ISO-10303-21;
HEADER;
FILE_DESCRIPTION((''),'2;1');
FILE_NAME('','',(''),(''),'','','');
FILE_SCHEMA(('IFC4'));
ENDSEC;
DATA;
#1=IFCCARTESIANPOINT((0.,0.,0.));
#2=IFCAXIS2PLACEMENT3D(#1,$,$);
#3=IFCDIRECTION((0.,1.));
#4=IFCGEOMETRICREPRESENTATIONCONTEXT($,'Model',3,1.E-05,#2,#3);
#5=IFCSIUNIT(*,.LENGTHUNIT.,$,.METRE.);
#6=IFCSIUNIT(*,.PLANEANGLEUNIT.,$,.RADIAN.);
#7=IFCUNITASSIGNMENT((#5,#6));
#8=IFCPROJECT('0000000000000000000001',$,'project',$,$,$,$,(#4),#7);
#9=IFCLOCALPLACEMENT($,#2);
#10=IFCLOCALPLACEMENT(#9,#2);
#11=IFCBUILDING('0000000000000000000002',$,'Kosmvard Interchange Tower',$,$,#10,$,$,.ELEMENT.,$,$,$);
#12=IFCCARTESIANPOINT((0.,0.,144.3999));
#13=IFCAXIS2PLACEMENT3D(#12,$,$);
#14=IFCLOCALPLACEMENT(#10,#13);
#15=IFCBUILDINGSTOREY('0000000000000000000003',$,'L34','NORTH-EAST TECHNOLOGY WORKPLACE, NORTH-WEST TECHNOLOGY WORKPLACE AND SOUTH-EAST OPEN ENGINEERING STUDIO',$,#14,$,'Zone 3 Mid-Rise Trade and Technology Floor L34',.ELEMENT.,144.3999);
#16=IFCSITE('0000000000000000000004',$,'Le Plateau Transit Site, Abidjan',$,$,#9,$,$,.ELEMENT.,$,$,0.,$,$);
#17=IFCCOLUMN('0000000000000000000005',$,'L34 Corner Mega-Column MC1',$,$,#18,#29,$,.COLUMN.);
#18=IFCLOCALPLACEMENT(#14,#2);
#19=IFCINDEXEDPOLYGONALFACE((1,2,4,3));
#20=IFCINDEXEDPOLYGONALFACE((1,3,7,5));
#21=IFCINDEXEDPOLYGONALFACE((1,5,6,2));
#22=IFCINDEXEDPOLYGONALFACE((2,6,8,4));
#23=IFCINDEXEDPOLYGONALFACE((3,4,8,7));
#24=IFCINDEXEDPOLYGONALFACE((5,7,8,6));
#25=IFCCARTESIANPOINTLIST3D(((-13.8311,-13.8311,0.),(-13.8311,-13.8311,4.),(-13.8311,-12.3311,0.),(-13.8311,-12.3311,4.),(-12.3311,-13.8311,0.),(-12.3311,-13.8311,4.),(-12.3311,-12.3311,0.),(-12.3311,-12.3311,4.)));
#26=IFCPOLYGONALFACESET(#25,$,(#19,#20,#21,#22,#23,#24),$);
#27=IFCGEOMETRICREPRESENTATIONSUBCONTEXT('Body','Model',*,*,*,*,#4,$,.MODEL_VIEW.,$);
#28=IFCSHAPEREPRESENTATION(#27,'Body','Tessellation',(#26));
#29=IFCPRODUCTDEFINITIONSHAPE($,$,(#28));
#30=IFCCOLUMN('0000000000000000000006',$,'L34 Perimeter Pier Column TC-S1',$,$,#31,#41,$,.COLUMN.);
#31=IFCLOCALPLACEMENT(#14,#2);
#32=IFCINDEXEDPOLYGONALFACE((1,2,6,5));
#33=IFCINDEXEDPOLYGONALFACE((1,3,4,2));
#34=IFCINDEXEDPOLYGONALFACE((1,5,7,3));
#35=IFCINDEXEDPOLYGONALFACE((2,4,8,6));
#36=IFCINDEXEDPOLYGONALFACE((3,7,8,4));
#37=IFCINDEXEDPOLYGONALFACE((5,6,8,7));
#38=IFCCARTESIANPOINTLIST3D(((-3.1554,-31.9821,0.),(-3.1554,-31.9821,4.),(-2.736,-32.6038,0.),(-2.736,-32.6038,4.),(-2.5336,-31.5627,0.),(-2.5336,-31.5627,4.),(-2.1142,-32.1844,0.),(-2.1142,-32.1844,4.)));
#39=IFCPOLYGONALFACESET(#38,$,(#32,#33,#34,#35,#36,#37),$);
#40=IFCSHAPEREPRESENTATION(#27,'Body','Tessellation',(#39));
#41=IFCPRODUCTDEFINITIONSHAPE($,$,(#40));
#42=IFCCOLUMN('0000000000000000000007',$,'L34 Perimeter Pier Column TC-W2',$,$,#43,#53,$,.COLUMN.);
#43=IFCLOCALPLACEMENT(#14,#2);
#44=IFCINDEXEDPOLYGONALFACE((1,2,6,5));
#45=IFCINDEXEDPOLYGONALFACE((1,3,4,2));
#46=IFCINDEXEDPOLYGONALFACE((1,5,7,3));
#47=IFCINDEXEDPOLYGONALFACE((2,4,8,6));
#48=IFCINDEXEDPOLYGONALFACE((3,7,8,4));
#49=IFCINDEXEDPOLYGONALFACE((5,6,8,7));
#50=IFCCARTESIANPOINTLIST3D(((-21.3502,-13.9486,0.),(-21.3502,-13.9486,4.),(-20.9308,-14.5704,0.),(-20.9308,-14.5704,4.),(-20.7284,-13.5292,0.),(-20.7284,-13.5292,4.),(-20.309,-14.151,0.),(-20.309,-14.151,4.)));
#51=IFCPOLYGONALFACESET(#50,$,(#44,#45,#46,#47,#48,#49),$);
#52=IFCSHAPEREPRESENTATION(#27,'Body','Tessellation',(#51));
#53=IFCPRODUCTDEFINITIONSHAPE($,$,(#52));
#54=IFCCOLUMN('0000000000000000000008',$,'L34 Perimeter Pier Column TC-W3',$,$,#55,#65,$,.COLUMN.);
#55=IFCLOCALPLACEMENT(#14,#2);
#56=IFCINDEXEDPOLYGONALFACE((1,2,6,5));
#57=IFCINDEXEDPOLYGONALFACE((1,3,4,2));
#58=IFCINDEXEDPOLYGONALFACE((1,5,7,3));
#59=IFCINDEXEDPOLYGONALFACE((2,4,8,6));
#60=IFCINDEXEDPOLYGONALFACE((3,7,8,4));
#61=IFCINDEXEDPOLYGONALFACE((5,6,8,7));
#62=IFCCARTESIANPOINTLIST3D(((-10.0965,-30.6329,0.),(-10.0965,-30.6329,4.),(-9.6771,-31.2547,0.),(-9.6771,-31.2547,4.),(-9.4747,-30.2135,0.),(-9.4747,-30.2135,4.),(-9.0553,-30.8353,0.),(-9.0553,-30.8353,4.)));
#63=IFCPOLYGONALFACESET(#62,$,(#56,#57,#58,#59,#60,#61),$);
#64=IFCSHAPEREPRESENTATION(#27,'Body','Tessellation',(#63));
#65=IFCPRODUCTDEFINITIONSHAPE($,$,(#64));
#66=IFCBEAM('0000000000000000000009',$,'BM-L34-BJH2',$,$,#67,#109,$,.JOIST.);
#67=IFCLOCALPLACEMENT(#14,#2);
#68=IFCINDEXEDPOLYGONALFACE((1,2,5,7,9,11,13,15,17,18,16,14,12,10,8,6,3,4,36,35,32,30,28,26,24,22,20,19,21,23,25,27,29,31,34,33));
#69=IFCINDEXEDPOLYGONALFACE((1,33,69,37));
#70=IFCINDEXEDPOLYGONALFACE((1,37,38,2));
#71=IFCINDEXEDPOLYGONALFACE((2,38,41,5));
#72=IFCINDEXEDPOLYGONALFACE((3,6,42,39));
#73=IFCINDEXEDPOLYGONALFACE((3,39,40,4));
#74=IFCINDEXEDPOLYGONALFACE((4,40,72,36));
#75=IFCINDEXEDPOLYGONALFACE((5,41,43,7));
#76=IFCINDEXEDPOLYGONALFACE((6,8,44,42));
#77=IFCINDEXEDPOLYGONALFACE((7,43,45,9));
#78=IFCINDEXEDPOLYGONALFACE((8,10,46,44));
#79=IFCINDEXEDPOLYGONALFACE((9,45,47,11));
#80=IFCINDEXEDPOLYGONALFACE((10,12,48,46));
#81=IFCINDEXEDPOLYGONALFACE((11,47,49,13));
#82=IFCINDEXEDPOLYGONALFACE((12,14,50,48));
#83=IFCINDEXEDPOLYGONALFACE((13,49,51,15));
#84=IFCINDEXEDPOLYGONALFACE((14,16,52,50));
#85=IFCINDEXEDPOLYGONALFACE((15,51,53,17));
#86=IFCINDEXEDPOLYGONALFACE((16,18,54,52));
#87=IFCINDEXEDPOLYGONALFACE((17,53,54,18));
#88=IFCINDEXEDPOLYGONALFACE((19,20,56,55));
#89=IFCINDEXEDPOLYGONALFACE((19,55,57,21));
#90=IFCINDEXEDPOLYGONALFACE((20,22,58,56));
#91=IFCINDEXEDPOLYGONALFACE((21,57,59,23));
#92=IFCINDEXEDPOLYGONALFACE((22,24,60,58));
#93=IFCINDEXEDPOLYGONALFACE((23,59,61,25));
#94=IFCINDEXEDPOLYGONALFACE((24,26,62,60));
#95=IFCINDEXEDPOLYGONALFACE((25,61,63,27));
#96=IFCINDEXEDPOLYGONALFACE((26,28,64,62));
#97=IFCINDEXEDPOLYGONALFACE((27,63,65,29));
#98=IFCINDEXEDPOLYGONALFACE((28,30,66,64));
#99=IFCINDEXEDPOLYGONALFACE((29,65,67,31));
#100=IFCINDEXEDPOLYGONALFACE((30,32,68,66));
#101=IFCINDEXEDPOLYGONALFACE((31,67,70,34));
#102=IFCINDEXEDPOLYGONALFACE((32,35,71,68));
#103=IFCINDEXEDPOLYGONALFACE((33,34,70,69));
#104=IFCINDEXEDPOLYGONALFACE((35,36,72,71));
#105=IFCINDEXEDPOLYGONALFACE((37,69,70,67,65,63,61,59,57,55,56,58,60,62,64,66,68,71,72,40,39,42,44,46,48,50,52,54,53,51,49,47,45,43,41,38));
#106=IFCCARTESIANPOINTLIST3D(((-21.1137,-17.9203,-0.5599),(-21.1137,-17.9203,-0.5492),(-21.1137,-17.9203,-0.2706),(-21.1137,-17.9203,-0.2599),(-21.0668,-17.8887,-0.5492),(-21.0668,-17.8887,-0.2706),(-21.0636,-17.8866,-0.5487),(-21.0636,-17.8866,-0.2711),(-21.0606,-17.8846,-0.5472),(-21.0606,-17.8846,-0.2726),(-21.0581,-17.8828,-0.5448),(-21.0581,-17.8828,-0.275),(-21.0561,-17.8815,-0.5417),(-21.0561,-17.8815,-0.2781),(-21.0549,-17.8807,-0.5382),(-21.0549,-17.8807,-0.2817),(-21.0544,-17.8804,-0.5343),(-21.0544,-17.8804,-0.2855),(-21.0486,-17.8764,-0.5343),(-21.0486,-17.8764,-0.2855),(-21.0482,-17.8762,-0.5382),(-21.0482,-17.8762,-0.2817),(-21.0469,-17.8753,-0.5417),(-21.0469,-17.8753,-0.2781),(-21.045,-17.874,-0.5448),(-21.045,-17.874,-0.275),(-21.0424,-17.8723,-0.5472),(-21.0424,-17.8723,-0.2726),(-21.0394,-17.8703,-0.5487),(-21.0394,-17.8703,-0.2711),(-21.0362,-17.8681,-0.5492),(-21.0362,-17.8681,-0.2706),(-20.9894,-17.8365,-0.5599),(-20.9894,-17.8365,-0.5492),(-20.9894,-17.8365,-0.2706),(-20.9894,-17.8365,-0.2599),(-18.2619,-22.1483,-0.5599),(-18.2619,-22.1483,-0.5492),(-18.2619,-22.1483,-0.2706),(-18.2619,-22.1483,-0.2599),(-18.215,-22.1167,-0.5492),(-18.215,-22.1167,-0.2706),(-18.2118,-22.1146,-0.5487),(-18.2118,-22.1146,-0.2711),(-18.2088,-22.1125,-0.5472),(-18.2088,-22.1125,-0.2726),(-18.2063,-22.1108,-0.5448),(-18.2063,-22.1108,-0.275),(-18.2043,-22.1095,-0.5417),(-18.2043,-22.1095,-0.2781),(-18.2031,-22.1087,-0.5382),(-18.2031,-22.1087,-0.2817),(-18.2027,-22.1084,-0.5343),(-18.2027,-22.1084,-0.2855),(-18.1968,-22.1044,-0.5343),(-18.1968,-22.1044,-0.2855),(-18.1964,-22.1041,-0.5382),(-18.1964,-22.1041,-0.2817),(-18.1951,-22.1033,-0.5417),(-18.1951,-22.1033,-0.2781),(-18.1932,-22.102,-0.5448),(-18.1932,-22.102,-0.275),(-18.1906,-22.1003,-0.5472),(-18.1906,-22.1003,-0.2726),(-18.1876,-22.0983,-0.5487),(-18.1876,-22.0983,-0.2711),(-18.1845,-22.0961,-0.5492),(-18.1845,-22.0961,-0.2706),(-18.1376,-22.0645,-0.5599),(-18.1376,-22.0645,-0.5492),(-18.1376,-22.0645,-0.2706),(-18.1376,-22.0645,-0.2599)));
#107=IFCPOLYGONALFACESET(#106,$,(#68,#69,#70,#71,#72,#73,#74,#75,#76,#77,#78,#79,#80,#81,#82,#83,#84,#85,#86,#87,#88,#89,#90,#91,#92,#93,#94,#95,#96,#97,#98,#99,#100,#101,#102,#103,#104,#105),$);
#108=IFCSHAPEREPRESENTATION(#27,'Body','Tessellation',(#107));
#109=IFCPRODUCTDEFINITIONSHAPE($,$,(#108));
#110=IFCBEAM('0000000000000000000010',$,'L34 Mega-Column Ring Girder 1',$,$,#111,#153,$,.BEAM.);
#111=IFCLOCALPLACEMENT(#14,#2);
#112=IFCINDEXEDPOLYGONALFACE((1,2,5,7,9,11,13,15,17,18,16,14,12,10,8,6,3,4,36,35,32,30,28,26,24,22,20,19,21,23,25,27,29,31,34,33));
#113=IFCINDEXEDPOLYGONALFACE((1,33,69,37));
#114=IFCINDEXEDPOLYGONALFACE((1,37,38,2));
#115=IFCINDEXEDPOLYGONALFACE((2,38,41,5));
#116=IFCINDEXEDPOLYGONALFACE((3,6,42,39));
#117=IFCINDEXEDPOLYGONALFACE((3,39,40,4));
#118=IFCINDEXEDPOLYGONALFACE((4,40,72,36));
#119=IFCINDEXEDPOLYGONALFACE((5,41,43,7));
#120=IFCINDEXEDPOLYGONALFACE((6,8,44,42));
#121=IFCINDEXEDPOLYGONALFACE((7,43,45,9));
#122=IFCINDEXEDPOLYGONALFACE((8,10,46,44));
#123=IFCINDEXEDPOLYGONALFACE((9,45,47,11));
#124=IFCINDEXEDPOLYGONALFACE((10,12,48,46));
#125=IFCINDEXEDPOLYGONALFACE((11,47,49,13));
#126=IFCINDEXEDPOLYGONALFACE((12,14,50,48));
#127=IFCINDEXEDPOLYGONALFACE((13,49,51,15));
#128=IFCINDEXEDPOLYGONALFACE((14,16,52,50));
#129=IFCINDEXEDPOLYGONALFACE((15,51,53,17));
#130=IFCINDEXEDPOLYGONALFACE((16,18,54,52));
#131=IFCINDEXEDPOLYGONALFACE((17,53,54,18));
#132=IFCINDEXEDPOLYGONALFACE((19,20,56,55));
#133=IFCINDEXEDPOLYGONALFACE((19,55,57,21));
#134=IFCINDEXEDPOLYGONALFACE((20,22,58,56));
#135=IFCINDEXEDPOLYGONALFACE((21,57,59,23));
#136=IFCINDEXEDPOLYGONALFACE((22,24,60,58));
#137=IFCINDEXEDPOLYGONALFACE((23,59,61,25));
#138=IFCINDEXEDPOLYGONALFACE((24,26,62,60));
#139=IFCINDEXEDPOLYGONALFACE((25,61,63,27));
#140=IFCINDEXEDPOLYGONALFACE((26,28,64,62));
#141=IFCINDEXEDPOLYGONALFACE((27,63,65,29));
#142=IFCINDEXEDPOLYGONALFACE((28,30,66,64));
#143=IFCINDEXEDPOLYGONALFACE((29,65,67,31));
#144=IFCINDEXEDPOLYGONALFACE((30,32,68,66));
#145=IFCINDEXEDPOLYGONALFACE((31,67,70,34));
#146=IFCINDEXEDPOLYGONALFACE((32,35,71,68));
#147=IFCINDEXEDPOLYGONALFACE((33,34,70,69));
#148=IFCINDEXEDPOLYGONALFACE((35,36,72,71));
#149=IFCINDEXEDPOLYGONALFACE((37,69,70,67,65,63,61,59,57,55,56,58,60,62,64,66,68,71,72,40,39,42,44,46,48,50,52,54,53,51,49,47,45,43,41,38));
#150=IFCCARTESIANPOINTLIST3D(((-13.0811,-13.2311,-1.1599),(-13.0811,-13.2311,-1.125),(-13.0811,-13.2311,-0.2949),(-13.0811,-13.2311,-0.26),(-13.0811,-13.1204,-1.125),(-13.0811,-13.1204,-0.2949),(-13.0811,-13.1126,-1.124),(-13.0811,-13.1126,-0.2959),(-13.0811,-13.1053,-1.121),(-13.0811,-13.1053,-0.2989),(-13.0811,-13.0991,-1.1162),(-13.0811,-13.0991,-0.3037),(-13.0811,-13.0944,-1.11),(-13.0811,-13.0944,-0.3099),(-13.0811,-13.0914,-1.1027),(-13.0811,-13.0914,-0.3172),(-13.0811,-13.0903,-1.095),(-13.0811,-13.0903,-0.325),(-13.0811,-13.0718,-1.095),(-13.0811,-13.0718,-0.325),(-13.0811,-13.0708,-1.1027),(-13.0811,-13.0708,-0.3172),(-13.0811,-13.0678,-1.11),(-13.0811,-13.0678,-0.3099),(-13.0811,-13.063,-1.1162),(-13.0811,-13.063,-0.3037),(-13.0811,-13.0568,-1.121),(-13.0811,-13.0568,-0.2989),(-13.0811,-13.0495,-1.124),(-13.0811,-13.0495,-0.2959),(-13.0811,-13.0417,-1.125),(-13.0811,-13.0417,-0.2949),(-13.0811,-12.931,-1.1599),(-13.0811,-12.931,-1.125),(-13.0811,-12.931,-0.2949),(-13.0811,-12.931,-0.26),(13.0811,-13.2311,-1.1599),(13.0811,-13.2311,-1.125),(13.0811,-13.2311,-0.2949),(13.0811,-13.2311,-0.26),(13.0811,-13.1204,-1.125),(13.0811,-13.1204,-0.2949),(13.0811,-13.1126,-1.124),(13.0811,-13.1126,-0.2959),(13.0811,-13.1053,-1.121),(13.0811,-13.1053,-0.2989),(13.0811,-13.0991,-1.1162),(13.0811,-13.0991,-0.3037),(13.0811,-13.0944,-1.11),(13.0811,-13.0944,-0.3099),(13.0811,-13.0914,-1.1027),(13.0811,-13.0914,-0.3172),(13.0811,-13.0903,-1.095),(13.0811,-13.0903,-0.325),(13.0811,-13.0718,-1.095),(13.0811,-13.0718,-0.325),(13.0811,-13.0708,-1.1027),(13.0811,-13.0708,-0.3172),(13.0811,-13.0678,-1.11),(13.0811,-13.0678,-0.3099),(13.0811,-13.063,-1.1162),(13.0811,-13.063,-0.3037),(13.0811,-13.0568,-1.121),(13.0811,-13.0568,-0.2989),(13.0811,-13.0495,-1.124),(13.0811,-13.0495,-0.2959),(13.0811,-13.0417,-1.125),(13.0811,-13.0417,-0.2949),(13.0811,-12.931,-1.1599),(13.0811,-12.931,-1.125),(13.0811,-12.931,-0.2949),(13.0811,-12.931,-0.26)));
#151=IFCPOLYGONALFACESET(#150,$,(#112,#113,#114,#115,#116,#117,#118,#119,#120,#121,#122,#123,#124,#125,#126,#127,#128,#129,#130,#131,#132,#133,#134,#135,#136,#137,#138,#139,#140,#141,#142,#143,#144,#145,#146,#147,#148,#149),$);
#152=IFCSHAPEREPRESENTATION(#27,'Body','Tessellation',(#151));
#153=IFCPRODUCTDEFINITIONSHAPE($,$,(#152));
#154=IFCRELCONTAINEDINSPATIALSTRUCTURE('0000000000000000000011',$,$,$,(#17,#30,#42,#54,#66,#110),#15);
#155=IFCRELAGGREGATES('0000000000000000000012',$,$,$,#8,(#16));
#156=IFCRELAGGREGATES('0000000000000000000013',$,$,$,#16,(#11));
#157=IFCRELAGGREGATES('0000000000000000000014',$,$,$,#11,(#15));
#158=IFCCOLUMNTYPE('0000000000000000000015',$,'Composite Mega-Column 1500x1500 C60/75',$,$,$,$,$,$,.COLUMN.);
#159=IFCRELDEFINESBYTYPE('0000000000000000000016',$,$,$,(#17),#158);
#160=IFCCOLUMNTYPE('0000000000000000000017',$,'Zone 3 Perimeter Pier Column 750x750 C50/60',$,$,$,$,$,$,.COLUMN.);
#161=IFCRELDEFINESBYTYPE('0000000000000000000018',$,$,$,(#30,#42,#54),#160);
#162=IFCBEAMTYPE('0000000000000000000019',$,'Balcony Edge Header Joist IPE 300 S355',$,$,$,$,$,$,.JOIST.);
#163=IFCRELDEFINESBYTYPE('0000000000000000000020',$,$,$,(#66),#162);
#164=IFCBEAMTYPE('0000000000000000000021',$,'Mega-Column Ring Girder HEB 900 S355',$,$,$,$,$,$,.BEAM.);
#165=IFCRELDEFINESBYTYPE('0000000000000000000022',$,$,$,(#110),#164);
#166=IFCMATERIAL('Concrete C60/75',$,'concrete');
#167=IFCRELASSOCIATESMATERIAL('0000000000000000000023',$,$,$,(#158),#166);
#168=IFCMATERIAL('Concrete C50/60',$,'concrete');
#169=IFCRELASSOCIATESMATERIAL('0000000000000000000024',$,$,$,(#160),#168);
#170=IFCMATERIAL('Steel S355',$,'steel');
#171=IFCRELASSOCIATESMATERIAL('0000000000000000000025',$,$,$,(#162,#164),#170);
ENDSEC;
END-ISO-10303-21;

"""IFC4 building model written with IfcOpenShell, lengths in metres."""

from ifc_helpers import new_model, si_unit, direction, frame, origin, origin_2d, place, context, subcontext, project, spatial, rectangle, i_section, extrude, source, transform, mapped, material, material_profile, profile_set, type_object, element, save


model = new_model("IFC4")

# Units and contexts
model_context = context("Model", 3, precision=1e-05, world=origin(), true_north=direction((0.0, 1.0)))
body_context = subcontext(model_context, "Body", "Model", "MODEL_VIEW")
ifc_project = project(units=[si_unit("LENGTHUNIT", "METRE"), si_unit("PLANEANGLEUNIT", "RADIAN")], contexts=[model_context])

# Site, building, storey
site_placement = place(None, origin())
site = spatial("IfcSite", under=ifc_project, at=site_placement, Name="Le Plateau Transit Site, Abidjan", CompositionType="ELEMENT", RefElevation=0.0)
building_placement = place(site_placement, origin())
building = spatial("IfcBuilding", under=site, at=building_placement, Name="Kosmvard Interchange Tower", CompositionType="ELEMENT")
storey_placement = place(building_placement, frame((0.0, 0.0, 144.3999)))
storey = spatial("IfcBuildingStorey", under=building, at=storey_placement, Name="L34", Description="NORTH-EAST TECHNOLOGY WORKPLACE, NORTH-WEST TECHNOLOGY WORKPLACE AND SOUTH-EAST OPEN ENGINEERING STUDIO", LongName="Zone 3 Mid-Rise Trade and Technology Floor L34", CompositionType="ELEMENT", Elevation=144.3999)

# Columns
ifc_material_1 = material(Name="Concrete C60/75", Category="concrete")
ifc_material_profile_1 = material_profile(ifc_material_1, rectangle(XDim=1.5, YDim=1.5, at=origin_2d()), Name="MC 1500x1500")
ifc_profile_set_1 = profile_set([ifc_material_profile_1], Name="Concrete C60/75")
column_type_1 = type_object("IfcColumnType", Name="Composite Mega-Column 1500x1500 C60/75", PredefinedType="COLUMN", material=ifc_profile_set_1)
shared_shape_1 = source(origin(), body_context, "Body", "SweptSolid", [
    extrude(rectangle(XDim=1.5, YDim=1.5, at=origin_2d()), origin(), (0.0, 0.0, 1.0), 4.0),
])
column_placement = place(storey_placement, frame((-13.0811, -13.0811, 0.0), z_axis=(0.0, 0.0, 1.0), x_axis=(1.0, 0.0, 0.0)))
element("IfcColumn", 1, at=column_placement, inside=storey, type_object=column_type_1, Name="L34 Corner Mega-Column MC1", PredefinedType="COLUMN", context=body_context, shape_type="MappedRepresentation", body=[
    mapped(shared_shape_1, transform((0.0, 0.0, 0.0), scale=1.0)),
])
ifc_material_2 = material(Name="Concrete C50/60", Category="concrete")
ifc_material_profile_2 = material_profile(ifc_material_2, rectangle(XDim=0.75, YDim=0.75, at=origin_2d()), Name="TC 750x750")
ifc_profile_set_2 = profile_set([ifc_material_profile_2], Name="Concrete C50/60")
column_type_2 = type_object("IfcColumnType", Name="Zone 3 Perimeter Pier Column 750x750 C50/60", PredefinedType="COLUMN", material=ifc_profile_set_2)
shared_shape_2 = source(origin(), body_context, "Body", "SweptSolid", [
    extrude(rectangle(XDim=0.75, YDim=0.75, at=origin_2d()), origin(), (0.0, 0.0, 1.0), 4.0),
])
for number, where, z_axis, x_axis, name in (
    (2, (-2.6348, -32.0833, 0.0), (0.0, 0.0, 1.0), (0.829038, 0.559193, 0.0), "L34 Perimeter Pier Column TC-S1"),
    (3, (-20.8296, -14.0498, 0.0), (0.0, 0.0, 1.0), (0.829038, 0.559193, 0.0), "L34 Perimeter Pier Column TC-W2"),
    (4, (-9.5759, -30.7341, 0.0), (0.0, 0.0, 1.0), (0.829038, 0.559193, 0.0), "L34 Perimeter Pier Column TC-W3"),
):
    element("IfcColumn", number, at=place(storey_placement, frame(where, z_axis=z_axis, x_axis=x_axis)), inside=storey, type_object=column_type_2, Name=name, PredefinedType="COLUMN", context=body_context, shape_type="MappedRepresentation", body=[
        mapped(shared_shape_2, transform((0.0, 0.0, 0.0), scale=1.0)),
    ])

# Beams
ifc_material_3 = material(Name="Steel S355", Category="steel")
ifc_material_profile_3 = material_profile(ifc_material_3, i_section(OverallWidth=0.1499, OverallDepth=0.3, WebThickness=0.0071, FlangeThickness=0.0107, FilletRadius=0.0149, at=origin_2d()), Name="IPE 300")
ifc_profile_set_3 = profile_set([ifc_material_profile_3], Name="Steel S355")
beam_type_1 = type_object("IfcBeamType", Name="Balcony Edge Header Joist IPE 300 S355", PredefinedType="JOIST", material=ifc_profile_set_3)
shared_shape_3 = source(origin(), body_context, "Body", "SweptSolid", [
    extrude(i_section(OverallWidth=0.1499, OverallDepth=0.3, WebThickness=0.0071, FlangeThickness=0.0107, FilletRadius=0.0149, at=origin_2d()), origin(), (0.0, 0.0, 1.0), 5.0999),
])
beam_1_placement = place(storey_placement, frame((-21.0515, -17.8784, -0.4099), z_axis=(0.559188, -0.829041, 0.0), x_axis=(0.829041, 0.559188, 0.0)))
element("IfcBeam", 5, at=beam_1_placement, inside=storey, type_object=beam_type_1, Name="BM-L34-BJH2", PredefinedType="JOIST", context=body_context, shape_type="MappedRepresentation", body=[
    mapped(shared_shape_3, transform((0.0, 0.0, 0.0), scale=1.0)),
])
ifc_material_profile_4 = material_profile(ifc_material_3, i_section(OverallWidth=0.3, OverallDepth=0.8999, WebThickness=0.0186, FlangeThickness=0.0349, FilletRadius=0.03, at=origin_2d()), Name="HEB 900")
ifc_profile_set_4 = profile_set([ifc_material_profile_4], Name="Steel S355")
beam_type_2 = type_object("IfcBeamType", Name="Mega-Column Ring Girder HEB 900 S355", PredefinedType="BEAM", material=ifc_profile_set_4)
shared_shape_4 = source(origin(), body_context, "Body", "SweptSolid", [
    extrude(i_section(OverallWidth=0.3, OverallDepth=0.8999, WebThickness=0.0186, FlangeThickness=0.0349, FilletRadius=0.03, at=origin_2d()), origin(), (0.0, 0.0, 1.0), 26.1621),
])
beam_2_placement = place(storey_placement, frame((-13.0811, -13.0811, -0.71), z_axis=(1.0, 0.0, 0.0), x_axis=(0.0, 1.0, 0.0)))
element("IfcBeam", 6, at=beam_2_placement, inside=storey, type_object=beam_type_2, Name="L34 Mega-Column Ring Girder 1", PredefinedType="BEAM", context=body_context, shape_type="MappedRepresentation", body=[
    mapped(shared_shape_4, transform((0.0, 0.0, 0.0), scale=1.0)),
])

save(model, "model.ifc")
